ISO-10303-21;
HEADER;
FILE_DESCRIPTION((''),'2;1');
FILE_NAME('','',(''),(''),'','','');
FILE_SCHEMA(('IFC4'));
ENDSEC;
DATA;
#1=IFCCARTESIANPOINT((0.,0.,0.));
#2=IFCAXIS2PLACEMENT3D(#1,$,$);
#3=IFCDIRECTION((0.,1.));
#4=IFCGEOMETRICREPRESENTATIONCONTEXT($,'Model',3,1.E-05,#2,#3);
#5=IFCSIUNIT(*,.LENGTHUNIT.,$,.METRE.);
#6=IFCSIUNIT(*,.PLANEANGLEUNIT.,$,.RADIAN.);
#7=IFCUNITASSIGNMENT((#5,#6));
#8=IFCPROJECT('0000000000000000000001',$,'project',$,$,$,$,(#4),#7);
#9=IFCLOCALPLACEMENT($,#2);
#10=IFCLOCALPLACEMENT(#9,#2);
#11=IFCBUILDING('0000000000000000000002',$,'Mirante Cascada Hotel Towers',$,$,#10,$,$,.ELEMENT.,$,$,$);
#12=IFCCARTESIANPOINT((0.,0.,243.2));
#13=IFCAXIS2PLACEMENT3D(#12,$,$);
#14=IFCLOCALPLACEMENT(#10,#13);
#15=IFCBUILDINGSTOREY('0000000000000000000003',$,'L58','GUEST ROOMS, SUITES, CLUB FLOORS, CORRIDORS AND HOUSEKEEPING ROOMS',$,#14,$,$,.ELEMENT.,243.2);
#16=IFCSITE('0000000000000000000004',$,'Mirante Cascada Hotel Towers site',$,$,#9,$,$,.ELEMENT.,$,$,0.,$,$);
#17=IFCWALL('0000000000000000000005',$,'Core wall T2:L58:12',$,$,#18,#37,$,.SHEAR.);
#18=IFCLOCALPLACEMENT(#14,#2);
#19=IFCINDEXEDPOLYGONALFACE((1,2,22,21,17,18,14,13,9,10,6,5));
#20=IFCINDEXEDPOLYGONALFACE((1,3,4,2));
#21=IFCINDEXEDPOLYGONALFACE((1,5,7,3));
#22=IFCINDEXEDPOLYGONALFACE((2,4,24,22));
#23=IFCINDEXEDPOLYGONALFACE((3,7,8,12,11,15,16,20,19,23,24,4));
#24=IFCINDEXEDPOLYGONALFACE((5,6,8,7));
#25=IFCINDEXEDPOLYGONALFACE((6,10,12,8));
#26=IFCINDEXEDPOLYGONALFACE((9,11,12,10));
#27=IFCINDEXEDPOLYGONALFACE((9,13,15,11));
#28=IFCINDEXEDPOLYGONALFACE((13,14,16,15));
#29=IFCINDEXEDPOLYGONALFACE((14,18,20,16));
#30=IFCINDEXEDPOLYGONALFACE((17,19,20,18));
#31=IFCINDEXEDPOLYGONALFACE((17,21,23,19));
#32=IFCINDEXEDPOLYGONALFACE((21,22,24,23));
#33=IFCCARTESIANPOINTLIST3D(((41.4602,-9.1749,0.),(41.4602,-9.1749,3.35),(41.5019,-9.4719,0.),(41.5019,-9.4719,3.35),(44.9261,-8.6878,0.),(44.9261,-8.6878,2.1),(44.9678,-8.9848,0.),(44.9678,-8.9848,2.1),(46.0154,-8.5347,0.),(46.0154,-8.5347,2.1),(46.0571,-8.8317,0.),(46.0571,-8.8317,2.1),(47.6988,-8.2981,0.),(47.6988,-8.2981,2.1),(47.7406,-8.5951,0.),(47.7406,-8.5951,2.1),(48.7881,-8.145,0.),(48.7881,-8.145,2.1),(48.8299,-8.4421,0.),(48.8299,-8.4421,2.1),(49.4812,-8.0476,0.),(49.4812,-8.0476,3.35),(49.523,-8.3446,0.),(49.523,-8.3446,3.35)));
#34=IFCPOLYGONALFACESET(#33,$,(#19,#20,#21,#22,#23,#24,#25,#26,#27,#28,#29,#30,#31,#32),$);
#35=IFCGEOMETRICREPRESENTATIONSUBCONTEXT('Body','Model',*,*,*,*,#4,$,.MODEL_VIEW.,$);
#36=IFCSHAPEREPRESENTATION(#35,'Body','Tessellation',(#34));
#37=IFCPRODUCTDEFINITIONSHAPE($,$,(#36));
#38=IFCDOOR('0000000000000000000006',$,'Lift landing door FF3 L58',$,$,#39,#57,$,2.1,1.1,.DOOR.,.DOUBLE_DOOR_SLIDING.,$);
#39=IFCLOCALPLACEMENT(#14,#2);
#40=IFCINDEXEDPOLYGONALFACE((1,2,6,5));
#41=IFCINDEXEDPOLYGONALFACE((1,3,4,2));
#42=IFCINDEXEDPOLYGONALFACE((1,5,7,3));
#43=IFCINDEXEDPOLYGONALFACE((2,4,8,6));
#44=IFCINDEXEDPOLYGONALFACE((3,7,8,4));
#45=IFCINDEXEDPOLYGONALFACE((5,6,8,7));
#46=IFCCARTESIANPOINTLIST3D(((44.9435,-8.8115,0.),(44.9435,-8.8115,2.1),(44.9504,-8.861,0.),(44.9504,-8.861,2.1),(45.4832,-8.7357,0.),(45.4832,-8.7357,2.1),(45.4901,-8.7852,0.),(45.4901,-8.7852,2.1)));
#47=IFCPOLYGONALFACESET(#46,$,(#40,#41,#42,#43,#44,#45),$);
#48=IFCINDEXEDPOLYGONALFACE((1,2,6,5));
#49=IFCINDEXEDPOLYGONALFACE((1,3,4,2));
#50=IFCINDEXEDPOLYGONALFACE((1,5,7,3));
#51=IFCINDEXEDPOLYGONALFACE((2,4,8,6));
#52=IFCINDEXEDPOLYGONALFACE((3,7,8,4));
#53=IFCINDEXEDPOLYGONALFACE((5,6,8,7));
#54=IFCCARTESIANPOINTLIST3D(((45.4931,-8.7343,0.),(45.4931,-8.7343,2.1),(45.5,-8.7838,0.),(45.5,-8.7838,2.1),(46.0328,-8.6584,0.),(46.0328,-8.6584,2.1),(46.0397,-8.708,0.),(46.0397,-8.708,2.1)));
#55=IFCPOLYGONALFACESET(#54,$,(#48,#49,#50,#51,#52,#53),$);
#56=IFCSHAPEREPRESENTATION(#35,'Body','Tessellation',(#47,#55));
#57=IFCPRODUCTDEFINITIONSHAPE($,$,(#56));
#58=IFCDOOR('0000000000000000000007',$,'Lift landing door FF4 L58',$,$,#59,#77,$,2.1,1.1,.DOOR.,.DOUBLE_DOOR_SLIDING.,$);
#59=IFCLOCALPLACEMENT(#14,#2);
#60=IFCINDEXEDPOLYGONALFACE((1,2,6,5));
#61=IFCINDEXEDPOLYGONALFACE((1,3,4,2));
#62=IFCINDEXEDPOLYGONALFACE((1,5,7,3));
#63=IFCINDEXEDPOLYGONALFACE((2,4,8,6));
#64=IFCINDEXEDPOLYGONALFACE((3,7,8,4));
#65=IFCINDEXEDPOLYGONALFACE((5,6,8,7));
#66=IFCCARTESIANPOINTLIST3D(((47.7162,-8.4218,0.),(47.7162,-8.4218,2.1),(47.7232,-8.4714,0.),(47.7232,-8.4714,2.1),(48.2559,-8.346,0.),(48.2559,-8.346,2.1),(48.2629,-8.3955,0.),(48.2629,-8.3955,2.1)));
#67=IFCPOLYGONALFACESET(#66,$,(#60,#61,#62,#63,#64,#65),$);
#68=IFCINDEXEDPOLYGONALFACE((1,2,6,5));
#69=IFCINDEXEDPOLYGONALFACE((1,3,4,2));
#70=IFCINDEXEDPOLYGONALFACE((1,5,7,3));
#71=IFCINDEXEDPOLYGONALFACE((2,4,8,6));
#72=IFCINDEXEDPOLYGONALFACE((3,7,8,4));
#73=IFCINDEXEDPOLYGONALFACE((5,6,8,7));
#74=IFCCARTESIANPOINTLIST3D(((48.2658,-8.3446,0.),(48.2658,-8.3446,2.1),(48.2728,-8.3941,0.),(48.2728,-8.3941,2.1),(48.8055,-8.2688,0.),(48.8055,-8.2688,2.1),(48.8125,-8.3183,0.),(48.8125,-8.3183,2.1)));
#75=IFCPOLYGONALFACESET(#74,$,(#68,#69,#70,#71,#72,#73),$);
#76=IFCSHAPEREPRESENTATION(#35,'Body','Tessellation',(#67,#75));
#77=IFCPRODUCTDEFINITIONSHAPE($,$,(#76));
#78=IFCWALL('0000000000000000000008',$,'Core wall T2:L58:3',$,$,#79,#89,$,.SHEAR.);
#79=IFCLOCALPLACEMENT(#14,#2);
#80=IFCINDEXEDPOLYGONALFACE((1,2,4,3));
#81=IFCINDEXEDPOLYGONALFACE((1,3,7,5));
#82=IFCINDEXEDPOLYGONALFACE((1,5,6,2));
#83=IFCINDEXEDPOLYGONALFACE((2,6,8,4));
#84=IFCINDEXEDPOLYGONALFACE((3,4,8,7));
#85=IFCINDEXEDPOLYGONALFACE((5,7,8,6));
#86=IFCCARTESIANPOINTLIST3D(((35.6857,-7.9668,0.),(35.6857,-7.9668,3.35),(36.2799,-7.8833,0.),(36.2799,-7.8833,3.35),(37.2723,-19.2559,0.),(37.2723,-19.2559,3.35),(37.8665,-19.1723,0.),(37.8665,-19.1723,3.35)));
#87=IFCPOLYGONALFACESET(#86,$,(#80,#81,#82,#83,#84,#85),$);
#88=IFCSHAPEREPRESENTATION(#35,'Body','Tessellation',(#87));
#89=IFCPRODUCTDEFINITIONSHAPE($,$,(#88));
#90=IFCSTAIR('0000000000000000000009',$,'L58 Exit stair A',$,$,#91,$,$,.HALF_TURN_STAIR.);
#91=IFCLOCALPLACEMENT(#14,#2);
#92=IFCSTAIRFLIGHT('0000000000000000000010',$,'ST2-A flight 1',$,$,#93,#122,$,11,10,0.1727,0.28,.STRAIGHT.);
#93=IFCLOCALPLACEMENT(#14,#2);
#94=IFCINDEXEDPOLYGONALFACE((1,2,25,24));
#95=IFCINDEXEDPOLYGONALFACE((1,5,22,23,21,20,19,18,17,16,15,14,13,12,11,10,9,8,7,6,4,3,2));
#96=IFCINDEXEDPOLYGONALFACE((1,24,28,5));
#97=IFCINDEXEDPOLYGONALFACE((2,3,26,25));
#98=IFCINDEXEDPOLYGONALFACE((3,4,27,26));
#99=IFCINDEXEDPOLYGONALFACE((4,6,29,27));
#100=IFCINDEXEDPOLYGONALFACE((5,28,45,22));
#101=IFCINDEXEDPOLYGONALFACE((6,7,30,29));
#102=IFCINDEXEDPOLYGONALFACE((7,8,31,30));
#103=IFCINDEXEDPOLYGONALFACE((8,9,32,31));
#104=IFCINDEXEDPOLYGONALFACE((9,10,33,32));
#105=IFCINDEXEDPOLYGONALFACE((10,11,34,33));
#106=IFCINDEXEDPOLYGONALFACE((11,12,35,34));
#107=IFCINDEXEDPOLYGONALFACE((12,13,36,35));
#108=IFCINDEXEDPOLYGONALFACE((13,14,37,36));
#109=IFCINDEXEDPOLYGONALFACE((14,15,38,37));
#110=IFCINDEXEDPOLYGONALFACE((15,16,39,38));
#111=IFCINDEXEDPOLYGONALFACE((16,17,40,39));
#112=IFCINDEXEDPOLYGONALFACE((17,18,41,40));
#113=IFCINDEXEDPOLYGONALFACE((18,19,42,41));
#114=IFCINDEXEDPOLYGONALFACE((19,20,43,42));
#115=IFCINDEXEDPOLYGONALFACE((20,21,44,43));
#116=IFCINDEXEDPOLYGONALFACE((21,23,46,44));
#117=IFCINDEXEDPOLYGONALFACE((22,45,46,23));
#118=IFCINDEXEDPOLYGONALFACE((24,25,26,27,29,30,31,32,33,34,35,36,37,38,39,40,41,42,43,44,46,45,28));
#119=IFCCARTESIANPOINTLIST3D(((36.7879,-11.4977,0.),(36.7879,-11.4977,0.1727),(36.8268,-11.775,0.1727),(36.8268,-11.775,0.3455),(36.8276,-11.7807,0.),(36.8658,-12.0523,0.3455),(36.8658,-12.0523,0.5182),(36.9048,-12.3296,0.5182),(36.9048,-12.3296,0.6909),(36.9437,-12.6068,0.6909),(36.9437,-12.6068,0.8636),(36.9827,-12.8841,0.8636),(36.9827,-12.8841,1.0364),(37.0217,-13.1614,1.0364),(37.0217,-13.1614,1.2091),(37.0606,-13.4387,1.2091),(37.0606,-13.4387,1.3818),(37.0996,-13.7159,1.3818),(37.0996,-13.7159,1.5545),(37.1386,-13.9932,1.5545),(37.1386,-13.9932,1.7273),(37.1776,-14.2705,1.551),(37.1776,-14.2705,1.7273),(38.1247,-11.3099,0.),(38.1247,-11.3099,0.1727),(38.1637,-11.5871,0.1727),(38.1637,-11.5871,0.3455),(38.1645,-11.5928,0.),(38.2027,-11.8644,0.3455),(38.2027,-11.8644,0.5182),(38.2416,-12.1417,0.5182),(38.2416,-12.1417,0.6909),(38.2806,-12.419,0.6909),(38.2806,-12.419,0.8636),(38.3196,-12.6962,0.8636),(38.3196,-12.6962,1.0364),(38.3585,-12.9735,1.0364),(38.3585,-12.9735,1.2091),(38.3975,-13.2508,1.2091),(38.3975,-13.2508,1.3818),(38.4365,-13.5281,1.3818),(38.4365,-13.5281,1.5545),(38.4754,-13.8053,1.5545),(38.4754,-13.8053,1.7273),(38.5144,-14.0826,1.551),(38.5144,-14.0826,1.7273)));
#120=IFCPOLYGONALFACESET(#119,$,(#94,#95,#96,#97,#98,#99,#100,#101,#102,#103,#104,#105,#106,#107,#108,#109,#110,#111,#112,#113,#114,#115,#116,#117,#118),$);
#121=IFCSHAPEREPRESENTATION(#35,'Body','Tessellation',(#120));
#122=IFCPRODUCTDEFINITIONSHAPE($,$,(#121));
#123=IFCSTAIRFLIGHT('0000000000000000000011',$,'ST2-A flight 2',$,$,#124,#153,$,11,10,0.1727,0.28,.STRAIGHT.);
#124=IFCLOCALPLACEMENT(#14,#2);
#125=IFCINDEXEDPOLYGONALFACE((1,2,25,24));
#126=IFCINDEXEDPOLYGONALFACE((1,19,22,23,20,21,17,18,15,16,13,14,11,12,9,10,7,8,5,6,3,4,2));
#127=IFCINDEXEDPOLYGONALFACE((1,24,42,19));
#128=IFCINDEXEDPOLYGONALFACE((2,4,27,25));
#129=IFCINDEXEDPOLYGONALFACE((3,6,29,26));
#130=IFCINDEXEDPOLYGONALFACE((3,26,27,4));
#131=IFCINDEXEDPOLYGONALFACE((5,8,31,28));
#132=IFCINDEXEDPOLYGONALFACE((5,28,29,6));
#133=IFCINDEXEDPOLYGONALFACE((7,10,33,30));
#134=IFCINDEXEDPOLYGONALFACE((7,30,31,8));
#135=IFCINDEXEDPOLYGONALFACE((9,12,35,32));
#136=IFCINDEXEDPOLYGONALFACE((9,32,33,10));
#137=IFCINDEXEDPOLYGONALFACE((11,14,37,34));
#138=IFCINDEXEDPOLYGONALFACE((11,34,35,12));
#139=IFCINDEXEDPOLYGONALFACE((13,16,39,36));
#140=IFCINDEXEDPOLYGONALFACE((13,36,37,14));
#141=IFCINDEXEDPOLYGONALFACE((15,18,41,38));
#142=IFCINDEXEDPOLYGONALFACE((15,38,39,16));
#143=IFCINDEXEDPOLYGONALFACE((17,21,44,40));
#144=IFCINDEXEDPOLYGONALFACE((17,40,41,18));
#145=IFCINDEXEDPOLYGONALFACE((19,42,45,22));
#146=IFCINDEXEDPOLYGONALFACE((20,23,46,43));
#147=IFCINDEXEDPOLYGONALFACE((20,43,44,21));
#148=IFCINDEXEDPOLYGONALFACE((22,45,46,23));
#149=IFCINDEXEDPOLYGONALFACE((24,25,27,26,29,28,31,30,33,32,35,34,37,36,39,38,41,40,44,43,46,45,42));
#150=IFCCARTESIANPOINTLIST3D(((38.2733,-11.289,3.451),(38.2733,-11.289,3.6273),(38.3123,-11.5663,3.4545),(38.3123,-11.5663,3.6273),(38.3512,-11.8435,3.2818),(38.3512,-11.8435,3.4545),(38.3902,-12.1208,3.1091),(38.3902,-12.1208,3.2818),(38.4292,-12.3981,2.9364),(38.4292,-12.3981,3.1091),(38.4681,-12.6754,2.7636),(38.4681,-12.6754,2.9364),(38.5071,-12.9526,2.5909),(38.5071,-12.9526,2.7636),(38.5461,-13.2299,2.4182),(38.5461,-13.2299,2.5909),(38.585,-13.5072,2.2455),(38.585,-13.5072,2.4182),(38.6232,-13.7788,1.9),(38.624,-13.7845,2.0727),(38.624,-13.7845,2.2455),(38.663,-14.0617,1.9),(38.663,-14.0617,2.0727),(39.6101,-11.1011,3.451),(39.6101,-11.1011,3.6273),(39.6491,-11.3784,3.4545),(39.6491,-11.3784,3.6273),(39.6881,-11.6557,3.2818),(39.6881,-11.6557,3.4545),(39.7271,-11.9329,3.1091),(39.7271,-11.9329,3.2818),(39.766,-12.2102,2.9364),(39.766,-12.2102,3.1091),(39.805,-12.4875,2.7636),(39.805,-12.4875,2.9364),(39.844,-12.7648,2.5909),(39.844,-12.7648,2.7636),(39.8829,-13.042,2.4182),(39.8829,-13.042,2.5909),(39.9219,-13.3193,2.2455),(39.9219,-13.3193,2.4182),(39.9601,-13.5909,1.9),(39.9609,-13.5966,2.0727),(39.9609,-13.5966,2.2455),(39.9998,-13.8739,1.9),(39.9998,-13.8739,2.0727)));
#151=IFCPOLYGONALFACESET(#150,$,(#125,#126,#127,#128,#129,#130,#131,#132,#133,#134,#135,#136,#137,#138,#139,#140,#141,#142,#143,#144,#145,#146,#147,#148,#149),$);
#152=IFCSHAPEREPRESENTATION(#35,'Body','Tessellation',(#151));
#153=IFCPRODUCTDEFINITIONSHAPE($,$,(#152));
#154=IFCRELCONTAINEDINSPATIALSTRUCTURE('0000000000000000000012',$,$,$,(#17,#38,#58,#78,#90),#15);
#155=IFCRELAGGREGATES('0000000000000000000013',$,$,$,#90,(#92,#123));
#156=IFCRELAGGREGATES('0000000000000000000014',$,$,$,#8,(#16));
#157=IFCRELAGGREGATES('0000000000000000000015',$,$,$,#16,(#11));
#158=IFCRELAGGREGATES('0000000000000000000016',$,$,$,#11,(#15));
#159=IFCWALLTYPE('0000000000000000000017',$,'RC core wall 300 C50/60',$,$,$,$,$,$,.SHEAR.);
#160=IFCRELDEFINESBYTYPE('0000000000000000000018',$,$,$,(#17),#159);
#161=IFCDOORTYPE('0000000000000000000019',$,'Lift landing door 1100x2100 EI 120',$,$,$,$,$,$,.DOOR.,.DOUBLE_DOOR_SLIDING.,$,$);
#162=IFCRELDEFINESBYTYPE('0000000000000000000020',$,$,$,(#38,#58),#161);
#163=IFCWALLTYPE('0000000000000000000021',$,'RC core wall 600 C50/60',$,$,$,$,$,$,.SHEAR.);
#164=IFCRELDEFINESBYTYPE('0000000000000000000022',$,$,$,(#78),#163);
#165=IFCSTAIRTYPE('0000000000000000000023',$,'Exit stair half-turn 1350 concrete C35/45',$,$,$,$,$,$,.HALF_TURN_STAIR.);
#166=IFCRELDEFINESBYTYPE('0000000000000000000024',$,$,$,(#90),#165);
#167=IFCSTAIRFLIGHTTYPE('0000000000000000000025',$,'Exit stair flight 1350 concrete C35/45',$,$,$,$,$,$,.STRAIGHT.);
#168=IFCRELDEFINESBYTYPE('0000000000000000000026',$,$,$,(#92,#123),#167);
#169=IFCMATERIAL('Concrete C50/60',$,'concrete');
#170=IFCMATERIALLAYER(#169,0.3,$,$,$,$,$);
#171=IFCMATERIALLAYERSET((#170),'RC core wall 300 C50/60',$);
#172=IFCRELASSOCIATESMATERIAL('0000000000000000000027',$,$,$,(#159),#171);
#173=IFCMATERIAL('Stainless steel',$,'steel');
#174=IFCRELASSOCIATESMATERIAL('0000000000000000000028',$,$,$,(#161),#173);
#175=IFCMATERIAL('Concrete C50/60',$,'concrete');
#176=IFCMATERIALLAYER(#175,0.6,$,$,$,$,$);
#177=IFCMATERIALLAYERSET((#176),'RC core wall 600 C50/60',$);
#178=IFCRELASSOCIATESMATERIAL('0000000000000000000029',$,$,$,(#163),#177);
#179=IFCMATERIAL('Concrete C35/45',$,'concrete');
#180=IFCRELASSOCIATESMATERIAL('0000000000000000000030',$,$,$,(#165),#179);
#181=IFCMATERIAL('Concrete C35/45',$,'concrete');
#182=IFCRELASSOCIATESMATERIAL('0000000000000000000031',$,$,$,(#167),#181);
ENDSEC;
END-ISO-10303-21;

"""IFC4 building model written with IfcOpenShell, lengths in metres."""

from ifc_helpers import new_model, si_unit, direction, frame, frame_2d, origin, place, context, subcontext, project, spatial, polyline, rectangle, outline, extrude, material, layer, layer_set, type_object, element, fill, aggregate, save


model = new_model("IFC4")

# Units and contexts
model_context = context("Model", 3, precision=1e-05, world=origin(), true_north=direction((0.0, 1.0)))
body_context = subcontext(model_context, "Body", "Model", "MODEL_VIEW")
ifc_project = project(units=[si_unit("LENGTHUNIT", "METRE"), si_unit("PLANEANGLEUNIT", "RADIAN")], contexts=[model_context])

# Site, building, storey
site_placement = place(None, origin())
site = spatial("IfcSite", under=ifc_project, at=site_placement, Name="Mirante Cascada Hotel Towers site", CompositionType="ELEMENT", RefElevation=0.0)
building_placement = place(site_placement, origin())
building = spatial("IfcBuilding", under=site, at=building_placement, Name="Mirante Cascada Hotel Towers", CompositionType="ELEMENT")
storey_placement = place(building_placement, frame((0.0, 0.0, 243.2)))
storey = spatial("IfcBuildingStorey", under=building, at=storey_placement, Name="L58", Description="GUEST ROOMS, SUITES, CLUB FLOORS, CORRIDORS AND HOUSEKEEPING ROOMS", CompositionType="ELEMENT", Elevation=243.2)

# Shared definitions
ifc_material_1 = material(Name="Concrete C50/60", Category="concrete")
ifc_layer_1 = layer(ifc_material_1, 0.3)
ifc_layer_set_1 = layer_set([ifc_layer_1], Name="RC core wall 300 C50/60")
wall_type_1 = type_object("IfcWallType", Name="RC core wall 300 C50/60", PredefinedType="SHEAR", material=ifc_layer_set_1)

# Wall, openings, doors
ifc_material_2 = material(Name="Stainless steel", Category="steel")
door_type_1 = type_object("IfcDoorType", Name="Lift landing door 1100x2100 EI 120", OperationType="DOUBLE_DOOR_SLIDING", PredefinedType="DOOR", material=ifc_material_2)
wall_1_placement = place(storey_placement, frame((41.481, -9.3234, 0.0), z_axis=(0.0, 0.0, 1.0), x_axis=(0.990268, 0.139174, 0.0)))
wall_1 = element("IfcWall", 1, at=wall_1_placement, inside=storey, type_object=wall_type_1, Name="Core wall T2:L58:12", PredefinedType="SHEAR", context=body_context, shape_type="SweptSolid", body=[
    extrude(rectangle(XDim=8.0999, YDim=0.3, at=frame_2d((4.05, 0.0))), origin(), (0.0, 0.0, 1.0), 3.35),
])
opening_1_placement = place(wall_1_placement, frame((3.5, 0.0, 0.0)))
opening_1 = element("IfcOpeningElement", 2, at=opening_1_placement, cuts=wall_1, PredefinedType="OPENING", context=body_context, shape_type="SweptSolid", body=[
    extrude(rectangle(XDim=1.1, YDim=2.1, at=frame_2d((0.55, 1.05))), frame((0.0, 0.15, 0.0), z_axis=(0.0, -1.0, 0.0), x_axis=(1.0, 0.0, 0.0)), (0.0, 0.0, 1.0), 0.3),
])
opening_2_placement = place(wall_1_placement, frame((6.3, 0.0, 0.0)))
opening_2 = element("IfcOpeningElement", 3, at=opening_2_placement, cuts=wall_1, PredefinedType="OPENING", context=body_context, shape_type="SweptSolid", body=[
    extrude(rectangle(XDim=1.1, YDim=2.1, at=frame_2d((0.55, 1.05))), frame((0.0, 0.15, 0.0), z_axis=(0.0, -1.0, 0.0), x_axis=(1.0, 0.0, 0.0)), (0.0, 0.0, 1.0), 0.3),
])
door_1_placement = place(opening_1_placement, origin())
door_1 = element("IfcDoor", 4, at=door_1_placement, inside=storey, type_object=door_type_1, Name="Lift landing door FF3 L58", OperationType="DOUBLE_DOOR_SLIDING", OverallHeight=2.1, OverallWidth=1.1, PredefinedType="DOOR", context=body_context, shape_type="SweptSolid", body=[
    extrude(rectangle(XDim=0.545, YDim=2.1, at=frame_2d((0.2725, 1.05))), frame((0.0, 0.025, 0.0), z_axis=(0.0, -1.0, 0.0), x_axis=(1.0, 0.0, 0.0)), (0.0, 0.0, 1.0), 0.05),
    extrude(rectangle(XDim=0.545, YDim=2.1, at=frame_2d((0.8275, 1.05))), frame((0.0, 0.025, 0.0), z_axis=(0.0, -1.0, 0.0), x_axis=(1.0, 0.0, 0.0)), (0.0, 0.0, 1.0), 0.05),
])
fill(opening_1, door_1)
door_2_placement = place(opening_2_placement, origin())
door_2 = element("IfcDoor", 5, at=door_2_placement, inside=storey, type_object=door_type_1, Name="Lift landing door FF4 L58", OperationType="DOUBLE_DOOR_SLIDING", OverallHeight=2.1, OverallWidth=1.1, PredefinedType="DOOR", context=body_context, shape_type="SweptSolid", body=[
    extrude(rectangle(XDim=0.545, YDim=2.1, at=frame_2d((0.2725, 1.05))), frame((0.0, 0.025, 0.0), z_axis=(0.0, -1.0, 0.0), x_axis=(1.0, 0.0, 0.0)), (0.0, 0.0, 1.0), 0.05),
    extrude(rectangle(XDim=0.545, YDim=2.1, at=frame_2d((0.8275, 1.05))), frame((0.0, 0.025, 0.0), z_axis=(0.0, -1.0, 0.0), x_axis=(1.0, 0.0, 0.0)), (0.0, 0.0, 1.0), 0.05),
])
fill(opening_2, door_2)

# Wall
ifc_material_3 = material(Name="Concrete C50/60", Category="concrete")
ifc_layer_2 = layer(ifc_material_3, 0.6)
ifc_layer_set_2 = layer_set([ifc_layer_2], Name="RC core wall 600 C50/60")
wall_type_2 = type_object("IfcWallType", Name="RC core wall 600 C50/60", PredefinedType="SHEAR", material=ifc_layer_set_2)
wall_2_placement = place(storey_placement, frame((37.5694, -19.2141, 0.0), z_axis=(0.0, 0.0, 1.0), x_axis=(-0.139175, 0.990268, 0.0)))
element("IfcWall", 6, at=wall_2_placement, inside=storey, type_object=wall_type_2, Name="Core wall T2:L58:3", PredefinedType="SHEAR", context=body_context, shape_type="SweptSolid", body=[
    extrude(rectangle(XDim=11.4, YDim=0.6, at=frame_2d((5.7, 0.0))), origin(), (0.0, 0.0, 1.0), 3.35),
])

# Stair, stair flights
ifc_material_4 = material(Name="Concrete C35/45", Category="concrete")
stair_type = type_object("IfcStairType", Name="Exit stair half-turn 1350 concrete C35/45", PredefinedType="HALF_TURN_STAIR", material=ifc_material_4)
stair_placement = place(storey_placement, origin())
stair = element("IfcStair", 7, at=stair_placement, inside=storey, type_object=stair_type, Name="L58 Exit stair A", PredefinedType="HALF_TURN_STAIR")
ifc_material_5 = material(Name="Concrete C35/45", Category="concrete")
stair_flight_type = type_object("IfcStairFlightType", Name="Exit stair flight 1350 concrete C35/45", PredefinedType="STRAIGHT", material=ifc_material_5)
stair_flight_1_placement = place(storey_placement, frame((37.4563, -11.4038, 0.0), z_axis=(0.0, 0.0, 1.0), x_axis=(0.139173, -0.990268, 0.0)))
stair_flight_1 = element("IfcStairFlight", 8, at=stair_flight_1_placement, type_object=stair_flight_type, Name="ST2-A flight 1", NumberOfRisers=11, NumberOfTreads=10, PredefinedType="STRAIGHT", RiserHeight=0.1727, TreadLength=0.28, context=body_context, shape_type="SweptSolid", body=[
    extrude(outline(polyline([(0.0, 0.0), (0.0, 0.1727), (0.28, 0.1727), (0.28, 0.3455), (0.56, 0.3455), (0.56, 0.5182), (0.84, 0.5182), (0.84, 0.6909), (1.12, 0.6909), (1.12, 0.8636), (1.4, 0.8636), (1.4, 1.0364), (1.68, 1.0364), (1.68, 1.2091), (1.96, 1.2091), (1.96, 1.3818), (2.24, 1.3818), (2.24, 1.5545), (2.52, 1.5545), (2.52, 1.7273), (2.8, 1.7273), (2.8, 1.9), (2.8, 1.551), (0.2857, 0.0), (0.0, 0.0)])), frame((0.0, 0.675, 0.0), z_axis=(0.0, -1.0, 0.0), x_axis=(1.0, 0.0, 0.0)), (0.0, 0.0, 1.0), 1.35),
])
stair_flight_2_placement = place(storey_placement, frame((39.3314, -13.9678, 1.9), z_axis=(0.0, 0.0, 1.0), x_axis=(-0.139173, 0.990268, 0.0)))
stair_flight_2 = element("IfcStairFlight", 9, at=stair_flight_2_placement, type_object=stair_flight_type, Name="ST2-A flight 2", NumberOfRisers=11, NumberOfTreads=10, PredefinedType="STRAIGHT", RiserHeight=0.1727, TreadLength=0.28, context=body_context, shape_type="SweptSolid", body=[
    extrude(outline(polyline([(0.0, 0.0), (0.0, 0.1727), (0.28, 0.1727), (0.28, 0.3455), (0.56, 0.3455), (0.56, 0.5182), (0.84, 0.5182), (0.84, 0.6909), (1.12, 0.6909), (1.12, 0.8636), (1.4, 0.8636), (1.4, 1.0364), (1.68, 1.0364), (1.68, 1.2091), (1.96, 1.2091), (1.96, 1.3818), (2.24, 1.3818), (2.24, 1.5545), (2.52, 1.5545), (2.52, 1.7273), (2.8, 1.7273), (2.8, 1.9), (2.8, 1.551), (0.2857, 0.0), (0.0, 0.0)])), frame((0.0, 0.675, 0.0), z_axis=(0.0, -1.0, 0.0), x_axis=(1.0, 0.0, 0.0)), (0.0, 0.0, 1.0), 1.35),
])
aggregate(stair, [stair_flight_1, stair_flight_2])

save(model, "model.ifc")
